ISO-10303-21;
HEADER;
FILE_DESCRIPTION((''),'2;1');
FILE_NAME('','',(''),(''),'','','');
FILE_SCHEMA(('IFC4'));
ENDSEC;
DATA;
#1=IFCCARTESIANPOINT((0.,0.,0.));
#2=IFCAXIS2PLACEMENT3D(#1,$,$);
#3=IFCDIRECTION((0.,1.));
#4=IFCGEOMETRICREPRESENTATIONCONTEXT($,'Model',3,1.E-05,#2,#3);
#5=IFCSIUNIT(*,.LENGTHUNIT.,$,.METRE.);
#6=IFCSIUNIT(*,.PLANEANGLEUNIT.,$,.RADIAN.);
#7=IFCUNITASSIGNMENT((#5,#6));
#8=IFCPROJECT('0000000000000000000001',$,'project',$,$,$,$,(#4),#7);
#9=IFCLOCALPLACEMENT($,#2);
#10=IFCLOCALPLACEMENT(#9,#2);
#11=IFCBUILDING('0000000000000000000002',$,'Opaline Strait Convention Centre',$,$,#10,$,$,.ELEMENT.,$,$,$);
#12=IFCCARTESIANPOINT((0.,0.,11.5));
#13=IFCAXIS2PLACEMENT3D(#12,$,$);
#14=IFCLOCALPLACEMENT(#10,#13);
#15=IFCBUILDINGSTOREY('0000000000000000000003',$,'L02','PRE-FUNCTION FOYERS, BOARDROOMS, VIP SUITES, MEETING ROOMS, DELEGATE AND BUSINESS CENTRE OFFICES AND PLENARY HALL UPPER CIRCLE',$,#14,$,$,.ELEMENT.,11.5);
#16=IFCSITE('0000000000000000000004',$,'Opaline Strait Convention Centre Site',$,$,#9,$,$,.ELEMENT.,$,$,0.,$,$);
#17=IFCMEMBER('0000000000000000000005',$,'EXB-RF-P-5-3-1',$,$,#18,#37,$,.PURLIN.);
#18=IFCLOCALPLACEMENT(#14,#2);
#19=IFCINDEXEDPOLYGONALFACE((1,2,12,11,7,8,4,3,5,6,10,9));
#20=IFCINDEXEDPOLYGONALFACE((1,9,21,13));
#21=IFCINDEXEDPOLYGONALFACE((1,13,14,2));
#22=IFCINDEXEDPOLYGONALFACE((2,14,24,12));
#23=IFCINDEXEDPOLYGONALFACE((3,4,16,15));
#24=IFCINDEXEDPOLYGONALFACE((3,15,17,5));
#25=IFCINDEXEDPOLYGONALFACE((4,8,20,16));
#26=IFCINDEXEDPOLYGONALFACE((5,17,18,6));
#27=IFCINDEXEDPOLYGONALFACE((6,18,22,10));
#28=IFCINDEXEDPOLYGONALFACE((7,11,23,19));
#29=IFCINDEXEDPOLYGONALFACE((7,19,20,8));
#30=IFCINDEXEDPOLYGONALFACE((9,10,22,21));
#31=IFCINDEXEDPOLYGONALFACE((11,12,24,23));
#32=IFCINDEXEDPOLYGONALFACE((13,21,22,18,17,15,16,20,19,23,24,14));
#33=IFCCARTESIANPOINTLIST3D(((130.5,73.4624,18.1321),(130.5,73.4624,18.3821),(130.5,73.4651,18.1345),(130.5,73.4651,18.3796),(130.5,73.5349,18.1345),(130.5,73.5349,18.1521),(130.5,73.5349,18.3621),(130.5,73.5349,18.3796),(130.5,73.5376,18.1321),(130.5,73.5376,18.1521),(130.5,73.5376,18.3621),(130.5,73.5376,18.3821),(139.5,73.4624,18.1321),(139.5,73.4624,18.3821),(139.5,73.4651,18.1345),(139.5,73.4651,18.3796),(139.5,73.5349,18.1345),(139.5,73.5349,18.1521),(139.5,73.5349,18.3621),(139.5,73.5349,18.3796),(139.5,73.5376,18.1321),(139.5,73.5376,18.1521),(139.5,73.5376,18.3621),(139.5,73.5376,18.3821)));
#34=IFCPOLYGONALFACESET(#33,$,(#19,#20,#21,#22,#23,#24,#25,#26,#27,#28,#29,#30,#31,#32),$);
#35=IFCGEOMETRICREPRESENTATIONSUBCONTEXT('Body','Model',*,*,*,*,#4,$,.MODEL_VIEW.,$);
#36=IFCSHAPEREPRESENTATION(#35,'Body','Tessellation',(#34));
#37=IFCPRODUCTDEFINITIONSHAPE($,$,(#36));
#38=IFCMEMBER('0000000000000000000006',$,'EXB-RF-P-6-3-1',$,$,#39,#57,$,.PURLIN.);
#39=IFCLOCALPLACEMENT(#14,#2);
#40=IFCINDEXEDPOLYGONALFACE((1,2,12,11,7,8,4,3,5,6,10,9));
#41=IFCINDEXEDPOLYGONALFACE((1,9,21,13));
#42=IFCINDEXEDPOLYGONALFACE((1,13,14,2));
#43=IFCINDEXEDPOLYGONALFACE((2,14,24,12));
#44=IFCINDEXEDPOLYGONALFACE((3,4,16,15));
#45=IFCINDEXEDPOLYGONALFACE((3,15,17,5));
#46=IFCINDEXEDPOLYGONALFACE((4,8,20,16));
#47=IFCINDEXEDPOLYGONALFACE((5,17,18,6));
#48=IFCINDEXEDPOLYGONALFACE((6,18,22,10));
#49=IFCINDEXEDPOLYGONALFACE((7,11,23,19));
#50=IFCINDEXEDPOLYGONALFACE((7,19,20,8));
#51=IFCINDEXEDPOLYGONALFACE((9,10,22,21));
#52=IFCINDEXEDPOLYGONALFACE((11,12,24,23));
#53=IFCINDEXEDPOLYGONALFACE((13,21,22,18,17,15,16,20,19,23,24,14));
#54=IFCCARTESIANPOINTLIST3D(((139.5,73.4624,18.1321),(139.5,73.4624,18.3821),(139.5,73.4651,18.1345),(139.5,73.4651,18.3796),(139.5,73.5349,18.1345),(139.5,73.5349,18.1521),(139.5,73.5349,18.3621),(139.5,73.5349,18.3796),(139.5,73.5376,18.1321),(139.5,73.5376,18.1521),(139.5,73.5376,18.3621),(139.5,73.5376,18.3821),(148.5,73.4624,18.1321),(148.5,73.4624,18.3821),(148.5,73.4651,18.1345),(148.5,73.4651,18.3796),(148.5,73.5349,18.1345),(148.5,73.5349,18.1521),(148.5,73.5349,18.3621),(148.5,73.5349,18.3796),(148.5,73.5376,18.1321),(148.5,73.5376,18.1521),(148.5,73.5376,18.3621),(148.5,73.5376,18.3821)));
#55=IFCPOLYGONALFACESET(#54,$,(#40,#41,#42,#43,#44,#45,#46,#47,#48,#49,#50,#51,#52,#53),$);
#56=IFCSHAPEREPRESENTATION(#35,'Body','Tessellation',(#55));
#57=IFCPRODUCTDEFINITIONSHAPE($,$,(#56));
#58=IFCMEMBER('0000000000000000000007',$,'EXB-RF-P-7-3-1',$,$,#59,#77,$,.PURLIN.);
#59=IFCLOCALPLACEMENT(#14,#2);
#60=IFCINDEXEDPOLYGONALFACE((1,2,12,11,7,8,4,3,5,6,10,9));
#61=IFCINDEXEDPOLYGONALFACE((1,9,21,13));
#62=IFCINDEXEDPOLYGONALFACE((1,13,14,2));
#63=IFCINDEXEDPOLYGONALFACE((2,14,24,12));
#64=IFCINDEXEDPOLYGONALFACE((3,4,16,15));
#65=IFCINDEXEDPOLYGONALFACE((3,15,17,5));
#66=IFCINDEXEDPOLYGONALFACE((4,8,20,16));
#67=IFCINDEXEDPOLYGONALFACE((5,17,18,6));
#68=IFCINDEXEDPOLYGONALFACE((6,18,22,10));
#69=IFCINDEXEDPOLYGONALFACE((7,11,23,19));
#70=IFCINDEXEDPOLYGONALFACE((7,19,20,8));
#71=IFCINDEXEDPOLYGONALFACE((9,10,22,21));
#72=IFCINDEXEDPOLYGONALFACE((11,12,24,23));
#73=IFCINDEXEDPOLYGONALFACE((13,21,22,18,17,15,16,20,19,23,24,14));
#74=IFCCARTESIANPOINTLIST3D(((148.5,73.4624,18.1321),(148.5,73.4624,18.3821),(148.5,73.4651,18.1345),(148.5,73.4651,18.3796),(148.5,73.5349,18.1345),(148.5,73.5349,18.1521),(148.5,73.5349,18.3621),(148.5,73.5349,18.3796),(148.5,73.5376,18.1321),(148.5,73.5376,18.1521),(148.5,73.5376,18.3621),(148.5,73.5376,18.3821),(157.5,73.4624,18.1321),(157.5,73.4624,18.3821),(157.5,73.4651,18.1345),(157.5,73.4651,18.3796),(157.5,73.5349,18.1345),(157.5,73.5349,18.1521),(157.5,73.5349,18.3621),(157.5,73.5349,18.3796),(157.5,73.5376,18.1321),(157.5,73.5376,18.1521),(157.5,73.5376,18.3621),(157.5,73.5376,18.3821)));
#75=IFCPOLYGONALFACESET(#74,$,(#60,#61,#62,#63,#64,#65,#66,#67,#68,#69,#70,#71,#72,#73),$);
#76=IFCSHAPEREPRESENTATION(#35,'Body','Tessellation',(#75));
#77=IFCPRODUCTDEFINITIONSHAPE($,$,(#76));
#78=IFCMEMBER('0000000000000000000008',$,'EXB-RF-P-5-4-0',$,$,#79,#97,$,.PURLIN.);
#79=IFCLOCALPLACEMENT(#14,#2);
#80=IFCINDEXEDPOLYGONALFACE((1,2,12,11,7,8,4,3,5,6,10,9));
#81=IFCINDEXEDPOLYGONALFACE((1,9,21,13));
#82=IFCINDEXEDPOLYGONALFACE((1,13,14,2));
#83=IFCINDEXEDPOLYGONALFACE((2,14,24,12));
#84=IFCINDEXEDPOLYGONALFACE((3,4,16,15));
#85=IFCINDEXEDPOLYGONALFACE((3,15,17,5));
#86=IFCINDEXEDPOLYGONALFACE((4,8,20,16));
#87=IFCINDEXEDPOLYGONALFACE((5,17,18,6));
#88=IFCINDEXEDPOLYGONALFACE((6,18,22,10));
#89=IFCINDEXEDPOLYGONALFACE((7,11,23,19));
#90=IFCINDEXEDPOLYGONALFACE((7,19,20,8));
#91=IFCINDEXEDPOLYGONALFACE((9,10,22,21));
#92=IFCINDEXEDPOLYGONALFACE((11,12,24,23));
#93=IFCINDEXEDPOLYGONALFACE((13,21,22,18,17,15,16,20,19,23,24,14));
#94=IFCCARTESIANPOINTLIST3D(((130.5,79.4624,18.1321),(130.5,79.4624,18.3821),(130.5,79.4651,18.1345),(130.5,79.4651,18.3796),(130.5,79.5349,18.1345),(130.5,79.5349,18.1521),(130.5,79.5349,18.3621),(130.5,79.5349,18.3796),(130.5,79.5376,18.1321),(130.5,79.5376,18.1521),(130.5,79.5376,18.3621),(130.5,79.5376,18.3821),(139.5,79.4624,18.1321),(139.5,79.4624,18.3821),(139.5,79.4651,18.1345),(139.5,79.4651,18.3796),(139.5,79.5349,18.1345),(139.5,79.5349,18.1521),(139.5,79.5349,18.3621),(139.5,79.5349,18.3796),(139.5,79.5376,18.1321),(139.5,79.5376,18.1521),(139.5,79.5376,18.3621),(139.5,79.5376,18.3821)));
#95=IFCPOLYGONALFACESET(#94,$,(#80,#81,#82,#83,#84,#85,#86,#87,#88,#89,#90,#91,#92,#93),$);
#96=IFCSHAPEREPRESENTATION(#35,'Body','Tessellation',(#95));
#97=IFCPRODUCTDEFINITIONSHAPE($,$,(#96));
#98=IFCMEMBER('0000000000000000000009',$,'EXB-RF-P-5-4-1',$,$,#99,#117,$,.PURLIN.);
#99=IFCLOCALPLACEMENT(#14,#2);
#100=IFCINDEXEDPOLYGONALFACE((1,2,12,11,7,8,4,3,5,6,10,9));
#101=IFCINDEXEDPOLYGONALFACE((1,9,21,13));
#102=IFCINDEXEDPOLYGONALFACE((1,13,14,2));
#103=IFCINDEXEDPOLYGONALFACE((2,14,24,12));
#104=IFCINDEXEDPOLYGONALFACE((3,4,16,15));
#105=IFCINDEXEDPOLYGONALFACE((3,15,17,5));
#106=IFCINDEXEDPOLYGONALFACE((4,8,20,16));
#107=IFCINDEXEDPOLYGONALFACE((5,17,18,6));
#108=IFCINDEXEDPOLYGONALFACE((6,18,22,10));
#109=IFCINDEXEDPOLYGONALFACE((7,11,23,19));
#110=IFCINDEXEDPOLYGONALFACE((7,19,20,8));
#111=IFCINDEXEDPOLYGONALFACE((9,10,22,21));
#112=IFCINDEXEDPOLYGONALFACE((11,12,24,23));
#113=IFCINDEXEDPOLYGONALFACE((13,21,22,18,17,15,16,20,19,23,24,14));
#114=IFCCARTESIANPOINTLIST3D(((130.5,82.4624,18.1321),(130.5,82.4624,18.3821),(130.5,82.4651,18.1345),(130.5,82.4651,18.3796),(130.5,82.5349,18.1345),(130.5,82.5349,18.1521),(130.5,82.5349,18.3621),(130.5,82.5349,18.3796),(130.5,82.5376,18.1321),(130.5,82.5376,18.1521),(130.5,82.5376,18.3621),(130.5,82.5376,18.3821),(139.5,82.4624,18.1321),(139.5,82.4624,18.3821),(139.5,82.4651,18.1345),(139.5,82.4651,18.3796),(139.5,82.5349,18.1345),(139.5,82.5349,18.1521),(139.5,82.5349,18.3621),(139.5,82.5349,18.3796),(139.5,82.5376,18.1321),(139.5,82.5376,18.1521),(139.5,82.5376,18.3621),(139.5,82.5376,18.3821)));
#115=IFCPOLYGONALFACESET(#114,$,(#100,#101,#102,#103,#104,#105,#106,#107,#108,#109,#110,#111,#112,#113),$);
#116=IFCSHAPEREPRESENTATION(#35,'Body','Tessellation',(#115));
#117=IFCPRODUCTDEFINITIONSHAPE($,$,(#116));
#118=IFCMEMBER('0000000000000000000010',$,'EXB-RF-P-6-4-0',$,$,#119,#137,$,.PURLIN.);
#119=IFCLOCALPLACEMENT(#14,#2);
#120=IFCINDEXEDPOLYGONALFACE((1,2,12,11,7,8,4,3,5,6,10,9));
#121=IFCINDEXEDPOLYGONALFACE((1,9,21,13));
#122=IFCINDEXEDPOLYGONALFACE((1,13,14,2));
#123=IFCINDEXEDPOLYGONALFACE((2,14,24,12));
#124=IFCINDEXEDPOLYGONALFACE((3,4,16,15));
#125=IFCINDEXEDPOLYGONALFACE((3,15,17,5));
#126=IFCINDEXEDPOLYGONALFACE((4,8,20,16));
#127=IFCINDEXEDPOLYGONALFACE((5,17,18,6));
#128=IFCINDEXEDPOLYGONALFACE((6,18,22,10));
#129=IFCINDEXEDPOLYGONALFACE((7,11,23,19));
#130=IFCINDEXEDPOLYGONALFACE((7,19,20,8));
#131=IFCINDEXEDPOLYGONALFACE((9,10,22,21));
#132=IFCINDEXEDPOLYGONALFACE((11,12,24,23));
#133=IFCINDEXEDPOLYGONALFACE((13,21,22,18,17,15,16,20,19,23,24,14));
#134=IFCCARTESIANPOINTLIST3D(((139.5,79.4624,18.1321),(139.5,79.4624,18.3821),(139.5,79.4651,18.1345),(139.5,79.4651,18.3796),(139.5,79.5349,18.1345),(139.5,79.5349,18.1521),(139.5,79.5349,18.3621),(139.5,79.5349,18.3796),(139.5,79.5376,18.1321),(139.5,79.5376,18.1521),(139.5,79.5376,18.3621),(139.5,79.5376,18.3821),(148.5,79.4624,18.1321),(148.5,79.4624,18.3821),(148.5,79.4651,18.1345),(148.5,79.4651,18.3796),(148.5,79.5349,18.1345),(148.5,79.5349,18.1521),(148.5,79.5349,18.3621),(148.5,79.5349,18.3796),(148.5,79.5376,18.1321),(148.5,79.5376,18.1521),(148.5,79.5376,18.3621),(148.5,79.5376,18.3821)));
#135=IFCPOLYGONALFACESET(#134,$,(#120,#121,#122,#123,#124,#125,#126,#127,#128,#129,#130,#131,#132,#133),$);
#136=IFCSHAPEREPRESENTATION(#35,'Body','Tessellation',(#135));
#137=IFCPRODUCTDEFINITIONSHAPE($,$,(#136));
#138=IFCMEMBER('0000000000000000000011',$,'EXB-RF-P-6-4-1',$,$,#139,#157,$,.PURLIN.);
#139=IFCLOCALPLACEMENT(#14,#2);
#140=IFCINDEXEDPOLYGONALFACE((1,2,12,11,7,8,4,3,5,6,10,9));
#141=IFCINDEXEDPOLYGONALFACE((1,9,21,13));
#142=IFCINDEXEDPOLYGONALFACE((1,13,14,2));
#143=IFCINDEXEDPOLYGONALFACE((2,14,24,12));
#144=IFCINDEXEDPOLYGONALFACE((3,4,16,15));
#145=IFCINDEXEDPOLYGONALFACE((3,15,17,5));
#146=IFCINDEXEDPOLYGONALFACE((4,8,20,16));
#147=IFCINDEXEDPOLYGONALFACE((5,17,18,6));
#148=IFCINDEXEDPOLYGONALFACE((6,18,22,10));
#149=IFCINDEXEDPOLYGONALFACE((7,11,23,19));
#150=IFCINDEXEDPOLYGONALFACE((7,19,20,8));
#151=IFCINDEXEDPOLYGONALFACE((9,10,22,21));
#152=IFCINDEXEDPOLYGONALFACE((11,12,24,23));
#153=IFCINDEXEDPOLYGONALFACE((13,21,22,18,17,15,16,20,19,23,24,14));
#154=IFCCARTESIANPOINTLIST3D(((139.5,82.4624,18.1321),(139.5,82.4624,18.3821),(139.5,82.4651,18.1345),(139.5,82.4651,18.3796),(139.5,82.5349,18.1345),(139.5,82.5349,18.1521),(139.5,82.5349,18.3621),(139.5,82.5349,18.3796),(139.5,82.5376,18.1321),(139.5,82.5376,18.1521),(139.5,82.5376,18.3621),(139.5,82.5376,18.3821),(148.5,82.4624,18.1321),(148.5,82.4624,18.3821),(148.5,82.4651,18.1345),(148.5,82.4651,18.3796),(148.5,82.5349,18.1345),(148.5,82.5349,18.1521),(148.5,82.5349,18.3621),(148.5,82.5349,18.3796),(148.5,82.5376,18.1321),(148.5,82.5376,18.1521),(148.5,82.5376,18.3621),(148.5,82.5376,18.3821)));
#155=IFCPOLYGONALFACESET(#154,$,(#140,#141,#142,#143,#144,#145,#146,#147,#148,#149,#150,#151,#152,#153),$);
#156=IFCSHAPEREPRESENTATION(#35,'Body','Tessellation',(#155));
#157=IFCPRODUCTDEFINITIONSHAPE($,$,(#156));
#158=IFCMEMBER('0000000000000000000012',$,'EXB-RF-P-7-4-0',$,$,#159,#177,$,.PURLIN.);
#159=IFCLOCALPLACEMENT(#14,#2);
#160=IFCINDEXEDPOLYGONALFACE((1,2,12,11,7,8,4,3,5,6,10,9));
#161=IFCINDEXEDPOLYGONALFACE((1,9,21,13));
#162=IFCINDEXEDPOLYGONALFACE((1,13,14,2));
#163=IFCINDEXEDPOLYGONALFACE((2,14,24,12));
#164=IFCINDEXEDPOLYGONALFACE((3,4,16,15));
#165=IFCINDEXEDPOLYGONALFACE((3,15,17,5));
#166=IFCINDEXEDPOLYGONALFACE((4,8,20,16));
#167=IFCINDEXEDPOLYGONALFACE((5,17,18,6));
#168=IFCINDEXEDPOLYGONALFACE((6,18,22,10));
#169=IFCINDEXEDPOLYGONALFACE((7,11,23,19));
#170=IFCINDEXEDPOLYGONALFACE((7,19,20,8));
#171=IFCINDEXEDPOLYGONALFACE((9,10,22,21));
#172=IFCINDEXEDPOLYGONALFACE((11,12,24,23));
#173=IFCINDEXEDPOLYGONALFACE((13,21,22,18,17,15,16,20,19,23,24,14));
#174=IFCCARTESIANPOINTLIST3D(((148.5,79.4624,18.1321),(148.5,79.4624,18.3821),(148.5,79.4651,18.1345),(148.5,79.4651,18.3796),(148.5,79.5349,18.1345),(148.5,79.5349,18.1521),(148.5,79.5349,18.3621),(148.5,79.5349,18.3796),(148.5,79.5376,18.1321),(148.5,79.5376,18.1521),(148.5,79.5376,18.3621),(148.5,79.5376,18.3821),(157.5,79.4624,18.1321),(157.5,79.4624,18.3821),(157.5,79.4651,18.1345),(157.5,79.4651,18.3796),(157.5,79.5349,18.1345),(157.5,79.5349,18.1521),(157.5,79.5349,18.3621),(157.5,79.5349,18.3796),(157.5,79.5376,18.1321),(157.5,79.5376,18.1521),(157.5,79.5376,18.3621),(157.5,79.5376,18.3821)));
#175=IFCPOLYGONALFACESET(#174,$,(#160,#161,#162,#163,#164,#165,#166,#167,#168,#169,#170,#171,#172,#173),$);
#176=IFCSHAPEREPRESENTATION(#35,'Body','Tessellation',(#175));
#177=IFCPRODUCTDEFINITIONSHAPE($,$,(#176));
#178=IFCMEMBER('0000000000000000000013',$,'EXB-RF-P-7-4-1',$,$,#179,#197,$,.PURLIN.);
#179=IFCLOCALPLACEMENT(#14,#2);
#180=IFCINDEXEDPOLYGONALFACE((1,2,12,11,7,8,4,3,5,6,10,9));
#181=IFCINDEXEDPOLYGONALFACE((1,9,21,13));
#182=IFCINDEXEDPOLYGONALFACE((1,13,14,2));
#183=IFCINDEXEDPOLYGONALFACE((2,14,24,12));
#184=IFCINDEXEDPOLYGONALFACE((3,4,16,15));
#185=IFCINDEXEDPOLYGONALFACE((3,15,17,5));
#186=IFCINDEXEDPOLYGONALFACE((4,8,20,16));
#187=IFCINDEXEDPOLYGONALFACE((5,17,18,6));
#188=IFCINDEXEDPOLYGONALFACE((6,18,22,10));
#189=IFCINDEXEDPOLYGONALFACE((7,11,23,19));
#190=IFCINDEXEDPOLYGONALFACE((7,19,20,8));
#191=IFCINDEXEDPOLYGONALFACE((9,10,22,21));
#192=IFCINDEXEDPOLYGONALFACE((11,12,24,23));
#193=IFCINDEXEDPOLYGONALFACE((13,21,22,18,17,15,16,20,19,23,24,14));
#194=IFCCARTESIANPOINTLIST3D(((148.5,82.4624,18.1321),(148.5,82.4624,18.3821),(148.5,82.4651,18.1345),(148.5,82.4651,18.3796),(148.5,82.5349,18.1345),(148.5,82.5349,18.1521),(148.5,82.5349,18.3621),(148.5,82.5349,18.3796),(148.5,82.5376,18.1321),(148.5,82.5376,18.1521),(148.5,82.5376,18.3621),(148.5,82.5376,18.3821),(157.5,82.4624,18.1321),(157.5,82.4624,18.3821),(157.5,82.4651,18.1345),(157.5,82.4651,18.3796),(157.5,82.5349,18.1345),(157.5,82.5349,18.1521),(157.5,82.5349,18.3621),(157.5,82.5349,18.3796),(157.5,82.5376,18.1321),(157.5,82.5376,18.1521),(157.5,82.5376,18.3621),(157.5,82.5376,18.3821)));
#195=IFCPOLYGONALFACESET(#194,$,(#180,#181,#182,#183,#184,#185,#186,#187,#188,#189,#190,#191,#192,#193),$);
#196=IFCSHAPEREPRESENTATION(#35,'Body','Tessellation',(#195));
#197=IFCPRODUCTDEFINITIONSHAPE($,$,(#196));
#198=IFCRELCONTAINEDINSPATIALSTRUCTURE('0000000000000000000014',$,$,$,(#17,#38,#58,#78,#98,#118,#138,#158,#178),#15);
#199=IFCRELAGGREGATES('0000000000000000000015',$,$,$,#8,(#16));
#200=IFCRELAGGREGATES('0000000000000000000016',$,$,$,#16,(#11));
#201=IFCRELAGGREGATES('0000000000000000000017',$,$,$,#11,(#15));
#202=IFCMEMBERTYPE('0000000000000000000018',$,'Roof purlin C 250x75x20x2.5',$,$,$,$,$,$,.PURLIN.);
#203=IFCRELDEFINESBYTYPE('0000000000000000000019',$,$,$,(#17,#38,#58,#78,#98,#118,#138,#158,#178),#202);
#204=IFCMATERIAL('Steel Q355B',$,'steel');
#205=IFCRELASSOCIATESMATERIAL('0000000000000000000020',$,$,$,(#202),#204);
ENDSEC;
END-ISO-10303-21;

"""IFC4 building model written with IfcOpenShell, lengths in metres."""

from ifc_helpers import new_model, si_unit, direction, frame, origin, place, context, subcontext, project, spatial, polyline, outline, extrude, material, material_profile, profile_set, type_object, element, save


model = new_model("IFC4")

# Units and contexts
model_context = context("Model", 3, precision=1e-05, world=origin(), true_north=direction((0.0, 1.0)))
body_context = subcontext(model_context, "Body", "Model", "MODEL_VIEW")
ifc_project = project(units=[si_unit("LENGTHUNIT", "METRE"), si_unit("PLANEANGLEUNIT", "RADIAN")], contexts=[model_context])

# Site, building, storey
site_placement = place(None, origin())
site = spatial("IfcSite", under=ifc_project, at=site_placement, Name="Opaline Strait Convention Centre Site", CompositionType="ELEMENT", RefElevation=0.0)
building_placement = place(site_placement, origin())
building = spatial("IfcBuilding", under=site, at=building_placement, Name="Opaline Strait Convention Centre", CompositionType="ELEMENT")
storey_placement = place(building_placement, frame((0.0, 0.0, 11.5)))
storey = spatial("IfcBuildingStorey", under=building, at=storey_placement, Name="L02", Description="PRE-FUNCTION FOYERS, BOARDROOMS, VIP SUITES, MEETING ROOMS, DELEGATE AND BUSINESS CENTRE OFFICES AND PLENARY HALL UPPER CIRCLE", CompositionType="ELEMENT", Elevation=11.5)

# Members
ifc_material = material(Name="Steel Q355B", Category="steel")
ifc_material_profile_1 = material_profile(ifc_material, outline(polyline([(-0.0376, -0.125), (0.0376, -0.125), (0.0376, -0.105), (0.0349, -0.105), (0.0349, -0.1226), (-0.0349, -0.1226), (-0.0349, 0.1226), (0.0349, 0.1226), (0.0349, 0.105), (0.0376, 0.105), (0.0376, 0.125), (-0.0376, 0.125), (-0.0376, -0.125)])), Name="C 250x75x20x2.5")
ifc_profile_set_1 = profile_set([ifc_material_profile_1], Name="Steel Q355B")
member_type_1 = type_object("IfcMemberType", Name="Roof purlin C 250x75x20x2.5", PredefinedType="PURLIN", material=ifc_profile_set_1)
for number, where, z_axis, x_axis, name in (
    (1, (130.5, 73.5, 18.2571), (1.0, 0.0, 0.0), (0.0, 1.0, 0.0), "EXB-RF-P-5-3-1"),
    (2, (139.5, 73.5, 18.2571), (1.0, 0.0, 0.0), (0.0, 1.0, 0.0), "EXB-RF-P-6-3-1"),
    (3, (148.5, 73.5, 18.2571), (1.0, 0.0, 0.0), (0.0, 1.0, 0.0), "EXB-RF-P-7-3-1"),
    (4, (130.5, 79.5, 18.2571), (1.0, 0.0, 0.0), (0.0, 1.0, 0.0), "EXB-RF-P-5-4-0"),
    (5, (130.5, 82.5, 18.2571), (1.0, 0.0, 0.0), (0.0, 1.0, 0.0), "EXB-RF-P-5-4-1"),
    (6, (139.5, 79.5, 18.2571), (1.0, 0.0, 0.0), (0.0, 1.0, 0.0), "EXB-RF-P-6-4-0"),
    (7, (139.5, 82.5, 18.2571), (1.0, 0.0, 0.0), (0.0, 1.0, 0.0), "EXB-RF-P-6-4-1"),
    (8, (148.5, 79.5, 18.2571), (1.0, 0.0, 0.0), (0.0, 1.0, 0.0), "EXB-RF-P-7-4-0"),
    (9, (148.5, 82.5, 18.2571), (1.0, 0.0, 0.0), (0.0, 1.0, 0.0), "EXB-RF-P-7-4-1"),
):
    element("IfcMember", number, at=place(storey_placement, frame(where, z_axis=z_axis, x_axis=x_axis)), inside=storey, type_object=member_type_1, Name=name, PredefinedType="PURLIN", context=body_context, shape_type="SweptSolid", body=[
        extrude(outline(polyline([(-0.0376, -0.125), (0.0376, -0.125), (0.0376, -0.105), (0.0349, -0.105), (0.0349, -0.1226), (-0.0349, -0.1226), (-0.0349, 0.1226), (0.0349, 0.1226), (0.0349, 0.105), (0.0376, 0.105), (0.0376, 0.125), (-0.0376, 0.125), (-0.0376, -0.125)])), origin(), (0.0, 0.0, 1.0), 9.0),
    ])

save(model, "model.ifc")
